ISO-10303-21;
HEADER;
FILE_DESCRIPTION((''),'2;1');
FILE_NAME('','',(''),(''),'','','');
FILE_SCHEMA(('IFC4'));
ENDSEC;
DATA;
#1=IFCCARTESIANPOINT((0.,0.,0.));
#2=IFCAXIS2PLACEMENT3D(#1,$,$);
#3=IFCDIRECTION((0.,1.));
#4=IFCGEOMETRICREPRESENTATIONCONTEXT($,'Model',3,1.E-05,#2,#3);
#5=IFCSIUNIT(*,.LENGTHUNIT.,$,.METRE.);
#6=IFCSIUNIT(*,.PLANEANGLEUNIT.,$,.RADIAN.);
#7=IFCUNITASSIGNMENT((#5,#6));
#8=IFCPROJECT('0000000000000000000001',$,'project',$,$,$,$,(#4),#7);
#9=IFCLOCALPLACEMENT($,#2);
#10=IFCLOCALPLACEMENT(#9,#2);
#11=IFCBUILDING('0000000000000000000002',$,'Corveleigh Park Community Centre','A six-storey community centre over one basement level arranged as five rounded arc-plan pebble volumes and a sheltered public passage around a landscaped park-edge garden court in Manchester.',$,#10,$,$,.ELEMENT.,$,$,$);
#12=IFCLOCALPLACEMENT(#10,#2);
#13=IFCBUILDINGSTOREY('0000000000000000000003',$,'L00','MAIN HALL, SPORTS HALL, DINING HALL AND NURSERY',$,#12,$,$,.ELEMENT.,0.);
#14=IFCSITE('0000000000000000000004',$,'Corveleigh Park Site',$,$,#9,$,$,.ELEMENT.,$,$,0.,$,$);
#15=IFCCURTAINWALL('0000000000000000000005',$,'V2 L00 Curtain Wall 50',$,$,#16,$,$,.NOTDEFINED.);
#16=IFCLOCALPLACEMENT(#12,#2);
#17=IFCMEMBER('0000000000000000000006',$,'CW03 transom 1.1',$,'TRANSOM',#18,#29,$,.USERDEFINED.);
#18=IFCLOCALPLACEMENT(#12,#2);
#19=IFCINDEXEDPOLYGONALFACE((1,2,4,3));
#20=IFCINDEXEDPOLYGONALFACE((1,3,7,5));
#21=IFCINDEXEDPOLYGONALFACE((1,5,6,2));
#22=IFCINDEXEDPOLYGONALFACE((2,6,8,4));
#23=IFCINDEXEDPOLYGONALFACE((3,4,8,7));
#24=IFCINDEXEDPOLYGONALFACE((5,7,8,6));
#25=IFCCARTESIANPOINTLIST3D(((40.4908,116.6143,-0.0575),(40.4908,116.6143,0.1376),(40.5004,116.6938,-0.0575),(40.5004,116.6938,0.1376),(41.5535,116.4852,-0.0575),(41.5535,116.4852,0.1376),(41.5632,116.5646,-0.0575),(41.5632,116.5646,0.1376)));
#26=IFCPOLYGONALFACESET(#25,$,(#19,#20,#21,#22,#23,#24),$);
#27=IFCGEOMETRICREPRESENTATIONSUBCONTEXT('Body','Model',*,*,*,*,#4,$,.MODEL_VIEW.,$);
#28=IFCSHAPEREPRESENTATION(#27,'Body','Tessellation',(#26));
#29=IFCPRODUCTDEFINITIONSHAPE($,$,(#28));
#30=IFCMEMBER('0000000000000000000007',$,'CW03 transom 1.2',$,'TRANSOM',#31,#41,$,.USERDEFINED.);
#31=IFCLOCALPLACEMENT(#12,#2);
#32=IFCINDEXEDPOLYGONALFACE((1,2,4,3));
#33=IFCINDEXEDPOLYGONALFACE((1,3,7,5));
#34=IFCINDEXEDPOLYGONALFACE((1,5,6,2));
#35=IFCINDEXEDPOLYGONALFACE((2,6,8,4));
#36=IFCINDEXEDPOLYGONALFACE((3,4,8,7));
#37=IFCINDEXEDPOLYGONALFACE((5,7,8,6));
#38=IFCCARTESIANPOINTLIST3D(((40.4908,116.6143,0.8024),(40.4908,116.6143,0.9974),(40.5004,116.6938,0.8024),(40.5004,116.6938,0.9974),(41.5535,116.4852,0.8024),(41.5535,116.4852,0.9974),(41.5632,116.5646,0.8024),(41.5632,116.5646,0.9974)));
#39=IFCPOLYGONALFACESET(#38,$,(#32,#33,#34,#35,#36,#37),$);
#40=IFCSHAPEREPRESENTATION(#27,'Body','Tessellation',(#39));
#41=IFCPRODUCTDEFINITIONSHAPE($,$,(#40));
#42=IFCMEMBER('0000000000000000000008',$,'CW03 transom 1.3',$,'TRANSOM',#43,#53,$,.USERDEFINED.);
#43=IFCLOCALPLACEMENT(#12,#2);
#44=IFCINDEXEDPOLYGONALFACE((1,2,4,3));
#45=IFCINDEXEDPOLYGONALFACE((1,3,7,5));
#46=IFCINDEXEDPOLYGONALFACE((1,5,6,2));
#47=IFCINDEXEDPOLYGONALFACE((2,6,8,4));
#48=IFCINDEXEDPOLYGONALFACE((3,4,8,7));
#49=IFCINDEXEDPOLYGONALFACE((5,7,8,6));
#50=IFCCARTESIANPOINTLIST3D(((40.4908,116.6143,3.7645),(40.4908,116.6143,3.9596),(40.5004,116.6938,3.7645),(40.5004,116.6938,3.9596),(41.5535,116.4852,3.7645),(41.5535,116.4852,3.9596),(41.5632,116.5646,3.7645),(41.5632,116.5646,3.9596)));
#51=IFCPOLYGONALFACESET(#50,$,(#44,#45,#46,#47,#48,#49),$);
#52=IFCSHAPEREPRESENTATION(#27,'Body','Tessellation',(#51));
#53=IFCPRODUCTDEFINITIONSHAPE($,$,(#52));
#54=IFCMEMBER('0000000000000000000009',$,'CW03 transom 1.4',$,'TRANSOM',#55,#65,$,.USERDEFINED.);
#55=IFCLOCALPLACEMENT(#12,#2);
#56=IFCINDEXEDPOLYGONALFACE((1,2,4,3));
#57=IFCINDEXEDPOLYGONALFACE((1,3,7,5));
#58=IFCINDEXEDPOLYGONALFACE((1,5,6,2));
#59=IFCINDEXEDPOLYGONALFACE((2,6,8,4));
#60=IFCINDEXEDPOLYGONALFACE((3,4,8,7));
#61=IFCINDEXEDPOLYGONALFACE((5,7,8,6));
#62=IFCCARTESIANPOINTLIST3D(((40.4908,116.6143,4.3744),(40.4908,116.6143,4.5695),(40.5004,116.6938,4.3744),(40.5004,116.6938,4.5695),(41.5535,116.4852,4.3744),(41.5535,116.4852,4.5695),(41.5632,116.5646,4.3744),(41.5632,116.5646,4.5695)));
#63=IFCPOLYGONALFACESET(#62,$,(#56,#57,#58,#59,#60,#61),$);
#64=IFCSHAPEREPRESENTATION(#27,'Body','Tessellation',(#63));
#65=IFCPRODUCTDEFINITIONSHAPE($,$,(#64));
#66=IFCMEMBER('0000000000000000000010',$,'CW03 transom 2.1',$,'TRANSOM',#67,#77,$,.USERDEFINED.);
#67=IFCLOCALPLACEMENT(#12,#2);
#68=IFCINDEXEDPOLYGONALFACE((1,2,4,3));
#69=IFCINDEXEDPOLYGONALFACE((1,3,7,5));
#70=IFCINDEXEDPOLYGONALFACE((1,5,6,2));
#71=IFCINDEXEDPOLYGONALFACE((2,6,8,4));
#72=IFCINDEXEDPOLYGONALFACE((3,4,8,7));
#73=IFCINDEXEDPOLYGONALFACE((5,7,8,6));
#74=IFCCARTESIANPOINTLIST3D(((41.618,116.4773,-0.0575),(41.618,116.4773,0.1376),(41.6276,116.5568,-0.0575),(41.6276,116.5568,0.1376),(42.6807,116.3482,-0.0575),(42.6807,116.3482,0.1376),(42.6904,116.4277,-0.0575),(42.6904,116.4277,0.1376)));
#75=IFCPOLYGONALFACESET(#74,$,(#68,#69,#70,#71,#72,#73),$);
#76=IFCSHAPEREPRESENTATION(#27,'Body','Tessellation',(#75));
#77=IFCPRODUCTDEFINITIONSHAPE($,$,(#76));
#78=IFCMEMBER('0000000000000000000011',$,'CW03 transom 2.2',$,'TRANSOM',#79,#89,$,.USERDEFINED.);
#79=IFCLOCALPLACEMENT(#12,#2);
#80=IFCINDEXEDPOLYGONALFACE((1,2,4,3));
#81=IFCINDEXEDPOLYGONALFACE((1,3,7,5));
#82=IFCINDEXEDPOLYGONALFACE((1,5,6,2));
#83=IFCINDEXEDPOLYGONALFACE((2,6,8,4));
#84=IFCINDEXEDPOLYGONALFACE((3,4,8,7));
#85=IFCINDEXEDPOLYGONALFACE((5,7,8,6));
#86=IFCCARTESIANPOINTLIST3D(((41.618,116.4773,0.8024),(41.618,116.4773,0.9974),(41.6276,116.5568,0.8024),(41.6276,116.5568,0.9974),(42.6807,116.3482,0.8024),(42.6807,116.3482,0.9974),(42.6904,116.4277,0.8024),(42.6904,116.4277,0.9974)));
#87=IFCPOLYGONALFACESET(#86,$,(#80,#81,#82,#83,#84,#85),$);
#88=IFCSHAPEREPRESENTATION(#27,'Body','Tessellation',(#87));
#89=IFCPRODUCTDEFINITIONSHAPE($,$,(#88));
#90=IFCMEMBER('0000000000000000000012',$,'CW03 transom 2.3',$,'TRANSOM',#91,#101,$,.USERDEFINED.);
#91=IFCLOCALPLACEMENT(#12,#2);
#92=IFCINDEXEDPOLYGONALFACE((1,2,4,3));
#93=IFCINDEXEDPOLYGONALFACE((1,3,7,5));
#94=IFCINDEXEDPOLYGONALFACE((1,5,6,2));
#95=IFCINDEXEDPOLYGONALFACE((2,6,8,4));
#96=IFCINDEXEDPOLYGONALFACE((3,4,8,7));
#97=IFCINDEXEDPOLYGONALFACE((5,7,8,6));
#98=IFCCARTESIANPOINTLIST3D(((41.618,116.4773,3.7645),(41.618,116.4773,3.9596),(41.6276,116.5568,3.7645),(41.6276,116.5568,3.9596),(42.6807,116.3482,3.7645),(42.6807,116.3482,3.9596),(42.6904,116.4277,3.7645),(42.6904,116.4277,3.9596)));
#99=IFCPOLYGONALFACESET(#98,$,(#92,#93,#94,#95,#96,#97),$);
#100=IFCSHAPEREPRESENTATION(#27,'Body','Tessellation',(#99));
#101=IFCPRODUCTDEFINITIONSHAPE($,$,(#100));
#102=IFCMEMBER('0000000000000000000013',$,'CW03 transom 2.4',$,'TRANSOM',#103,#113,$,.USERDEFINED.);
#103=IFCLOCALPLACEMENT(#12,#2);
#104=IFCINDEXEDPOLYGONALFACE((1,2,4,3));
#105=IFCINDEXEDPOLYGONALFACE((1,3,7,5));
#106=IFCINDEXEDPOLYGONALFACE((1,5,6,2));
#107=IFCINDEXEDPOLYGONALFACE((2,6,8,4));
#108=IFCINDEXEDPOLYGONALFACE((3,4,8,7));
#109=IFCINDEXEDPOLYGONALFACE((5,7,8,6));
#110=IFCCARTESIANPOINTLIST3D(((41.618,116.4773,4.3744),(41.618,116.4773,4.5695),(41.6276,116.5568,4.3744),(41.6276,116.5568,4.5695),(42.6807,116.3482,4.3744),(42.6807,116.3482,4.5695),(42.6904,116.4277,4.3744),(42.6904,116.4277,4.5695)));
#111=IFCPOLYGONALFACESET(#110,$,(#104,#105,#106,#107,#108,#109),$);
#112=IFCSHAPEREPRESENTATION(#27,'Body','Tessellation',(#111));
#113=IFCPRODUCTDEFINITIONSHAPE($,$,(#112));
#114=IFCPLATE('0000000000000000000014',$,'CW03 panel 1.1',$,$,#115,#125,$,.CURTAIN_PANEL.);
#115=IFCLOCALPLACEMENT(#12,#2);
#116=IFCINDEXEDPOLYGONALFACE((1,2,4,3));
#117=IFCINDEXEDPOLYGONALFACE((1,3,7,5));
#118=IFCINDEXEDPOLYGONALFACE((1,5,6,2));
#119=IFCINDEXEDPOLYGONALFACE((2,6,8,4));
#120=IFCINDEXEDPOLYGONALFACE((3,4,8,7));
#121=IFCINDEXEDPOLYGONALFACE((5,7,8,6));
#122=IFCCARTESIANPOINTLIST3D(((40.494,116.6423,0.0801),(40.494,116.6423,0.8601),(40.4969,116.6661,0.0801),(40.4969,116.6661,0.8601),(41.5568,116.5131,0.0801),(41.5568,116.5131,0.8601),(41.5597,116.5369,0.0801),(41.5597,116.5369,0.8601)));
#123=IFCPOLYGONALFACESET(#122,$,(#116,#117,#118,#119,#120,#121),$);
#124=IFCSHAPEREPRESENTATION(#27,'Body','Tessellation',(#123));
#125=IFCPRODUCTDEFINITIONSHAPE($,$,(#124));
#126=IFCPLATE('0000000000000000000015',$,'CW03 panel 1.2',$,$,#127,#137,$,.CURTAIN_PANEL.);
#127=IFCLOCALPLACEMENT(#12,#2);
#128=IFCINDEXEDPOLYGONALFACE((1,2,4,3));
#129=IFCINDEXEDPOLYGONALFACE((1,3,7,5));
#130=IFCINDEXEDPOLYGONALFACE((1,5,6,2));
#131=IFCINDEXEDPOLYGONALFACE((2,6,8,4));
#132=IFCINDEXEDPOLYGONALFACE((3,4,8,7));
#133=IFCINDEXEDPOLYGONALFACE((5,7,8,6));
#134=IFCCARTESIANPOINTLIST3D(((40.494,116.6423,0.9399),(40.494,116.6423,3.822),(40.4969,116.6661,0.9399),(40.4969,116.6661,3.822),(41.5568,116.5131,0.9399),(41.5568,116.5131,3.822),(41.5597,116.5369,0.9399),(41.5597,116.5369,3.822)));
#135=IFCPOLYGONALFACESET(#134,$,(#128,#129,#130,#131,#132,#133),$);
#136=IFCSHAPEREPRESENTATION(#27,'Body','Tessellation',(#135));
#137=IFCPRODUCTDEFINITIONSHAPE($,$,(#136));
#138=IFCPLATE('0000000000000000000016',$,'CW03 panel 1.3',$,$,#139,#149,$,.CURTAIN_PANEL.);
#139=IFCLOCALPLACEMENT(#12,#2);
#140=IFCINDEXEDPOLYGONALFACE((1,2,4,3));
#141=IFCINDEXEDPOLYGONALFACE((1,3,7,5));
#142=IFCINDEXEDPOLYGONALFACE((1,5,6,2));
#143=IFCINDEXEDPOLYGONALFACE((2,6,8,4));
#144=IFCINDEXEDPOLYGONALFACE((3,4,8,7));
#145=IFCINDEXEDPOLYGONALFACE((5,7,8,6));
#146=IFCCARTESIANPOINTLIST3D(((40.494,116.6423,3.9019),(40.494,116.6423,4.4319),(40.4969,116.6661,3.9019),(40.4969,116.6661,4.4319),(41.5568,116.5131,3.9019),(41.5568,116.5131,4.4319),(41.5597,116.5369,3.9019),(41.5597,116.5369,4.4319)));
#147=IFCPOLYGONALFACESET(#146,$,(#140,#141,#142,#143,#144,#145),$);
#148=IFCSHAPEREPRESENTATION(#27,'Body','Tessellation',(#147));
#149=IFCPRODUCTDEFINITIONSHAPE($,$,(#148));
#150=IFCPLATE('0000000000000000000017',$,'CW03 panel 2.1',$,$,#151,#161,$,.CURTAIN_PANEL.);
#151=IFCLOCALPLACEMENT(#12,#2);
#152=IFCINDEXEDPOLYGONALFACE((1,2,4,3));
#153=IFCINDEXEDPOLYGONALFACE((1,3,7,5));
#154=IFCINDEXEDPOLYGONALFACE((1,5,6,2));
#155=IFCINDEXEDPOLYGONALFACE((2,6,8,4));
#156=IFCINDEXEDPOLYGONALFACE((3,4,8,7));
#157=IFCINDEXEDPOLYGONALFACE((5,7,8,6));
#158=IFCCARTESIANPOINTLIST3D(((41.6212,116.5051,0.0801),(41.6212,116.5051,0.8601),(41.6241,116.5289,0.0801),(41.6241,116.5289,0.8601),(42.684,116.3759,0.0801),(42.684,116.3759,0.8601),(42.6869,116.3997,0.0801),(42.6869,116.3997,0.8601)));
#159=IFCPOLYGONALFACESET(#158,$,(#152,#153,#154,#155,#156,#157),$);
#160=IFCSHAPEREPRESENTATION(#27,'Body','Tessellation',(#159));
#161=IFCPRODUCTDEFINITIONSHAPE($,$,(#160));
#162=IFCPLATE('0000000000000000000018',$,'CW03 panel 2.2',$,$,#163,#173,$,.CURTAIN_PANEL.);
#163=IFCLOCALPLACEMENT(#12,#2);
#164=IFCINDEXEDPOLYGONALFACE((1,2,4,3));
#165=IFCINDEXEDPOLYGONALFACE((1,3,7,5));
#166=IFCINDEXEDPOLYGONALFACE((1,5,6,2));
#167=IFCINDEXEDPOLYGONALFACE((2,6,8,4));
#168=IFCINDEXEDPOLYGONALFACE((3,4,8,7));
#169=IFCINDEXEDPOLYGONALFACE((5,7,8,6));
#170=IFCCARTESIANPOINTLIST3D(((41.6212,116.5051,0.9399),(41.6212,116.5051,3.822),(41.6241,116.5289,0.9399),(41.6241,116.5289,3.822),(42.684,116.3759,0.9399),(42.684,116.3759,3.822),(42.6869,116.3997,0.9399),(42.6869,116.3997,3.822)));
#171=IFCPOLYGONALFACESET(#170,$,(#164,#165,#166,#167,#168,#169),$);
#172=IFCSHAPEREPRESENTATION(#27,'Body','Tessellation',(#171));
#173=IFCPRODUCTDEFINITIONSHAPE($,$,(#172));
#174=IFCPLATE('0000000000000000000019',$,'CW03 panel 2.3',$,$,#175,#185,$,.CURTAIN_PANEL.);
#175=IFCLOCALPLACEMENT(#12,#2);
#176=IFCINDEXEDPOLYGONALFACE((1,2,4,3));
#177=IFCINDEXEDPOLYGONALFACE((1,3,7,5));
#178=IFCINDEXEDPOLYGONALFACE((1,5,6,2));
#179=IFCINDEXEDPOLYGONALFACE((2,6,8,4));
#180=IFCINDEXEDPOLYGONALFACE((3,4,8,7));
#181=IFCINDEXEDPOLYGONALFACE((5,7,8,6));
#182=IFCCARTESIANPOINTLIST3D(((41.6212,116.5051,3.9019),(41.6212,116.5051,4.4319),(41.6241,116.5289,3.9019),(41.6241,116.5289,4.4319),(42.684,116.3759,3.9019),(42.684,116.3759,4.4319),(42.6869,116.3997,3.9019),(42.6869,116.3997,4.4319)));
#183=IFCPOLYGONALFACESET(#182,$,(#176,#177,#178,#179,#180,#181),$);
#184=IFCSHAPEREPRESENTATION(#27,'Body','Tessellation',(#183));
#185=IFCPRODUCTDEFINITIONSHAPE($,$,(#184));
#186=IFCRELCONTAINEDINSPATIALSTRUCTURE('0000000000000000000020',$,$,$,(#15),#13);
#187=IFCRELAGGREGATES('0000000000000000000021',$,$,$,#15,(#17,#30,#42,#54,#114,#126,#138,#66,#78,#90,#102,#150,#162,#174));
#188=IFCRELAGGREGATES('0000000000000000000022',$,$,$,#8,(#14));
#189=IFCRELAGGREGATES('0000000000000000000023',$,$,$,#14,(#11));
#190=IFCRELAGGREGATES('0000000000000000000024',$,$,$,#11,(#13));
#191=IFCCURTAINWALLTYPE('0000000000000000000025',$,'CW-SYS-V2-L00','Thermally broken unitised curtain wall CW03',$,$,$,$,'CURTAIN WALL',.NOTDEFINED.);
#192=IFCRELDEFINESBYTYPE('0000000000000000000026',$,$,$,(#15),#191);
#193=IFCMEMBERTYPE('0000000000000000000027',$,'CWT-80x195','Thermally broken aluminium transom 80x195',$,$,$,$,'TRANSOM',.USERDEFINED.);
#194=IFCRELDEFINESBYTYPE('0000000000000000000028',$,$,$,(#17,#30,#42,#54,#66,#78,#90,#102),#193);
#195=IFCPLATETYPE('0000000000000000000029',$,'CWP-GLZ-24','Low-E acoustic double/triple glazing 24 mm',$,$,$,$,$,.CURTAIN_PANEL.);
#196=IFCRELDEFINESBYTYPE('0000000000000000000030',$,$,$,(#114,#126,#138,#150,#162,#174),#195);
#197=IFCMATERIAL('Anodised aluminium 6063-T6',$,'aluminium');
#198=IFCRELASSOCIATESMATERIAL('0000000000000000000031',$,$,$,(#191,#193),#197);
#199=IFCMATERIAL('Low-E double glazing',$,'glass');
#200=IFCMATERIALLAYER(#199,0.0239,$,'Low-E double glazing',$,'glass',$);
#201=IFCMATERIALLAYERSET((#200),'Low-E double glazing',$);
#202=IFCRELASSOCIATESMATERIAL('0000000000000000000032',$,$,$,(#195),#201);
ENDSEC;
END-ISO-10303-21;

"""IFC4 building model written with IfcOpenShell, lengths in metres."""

from ifc_helpers import new_model, si_unit, direction, frame, origin, origin_2d, place, context, subcontext, project, spatial, rectangle, extrude, material, layer, layer_set, material_profile, profile_set, type_object, element, aggregate, save


model = new_model("IFC4")

# Units and contexts
model_context = context("Model", 3, precision=1e-05, world=origin(), true_north=direction((0.0, 1.0)))
body_context = subcontext(model_context, "Body", "Model", "MODEL_VIEW")
ifc_project = project(units=[si_unit("LENGTHUNIT", "METRE"), si_unit("PLANEANGLEUNIT", "RADIAN")], contexts=[model_context])

# Site, building, storey
site_placement = place(None, origin())
site = spatial("IfcSite", under=ifc_project, at=site_placement, Name="Corveleigh Park Site", CompositionType="ELEMENT", RefElevation=0.0)
building_placement = place(site_placement, origin())
building = spatial("IfcBuilding", under=site, at=building_placement, Name="Corveleigh Park Community Centre", Description="A six-storey community centre over one basement level arranged as five rounded arc-plan pebble volumes and a sheltered public passage around a landscaped park-edge garden court in Manchester.", CompositionType="ELEMENT")
storey_placement = place(building_placement, origin())
storey = spatial("IfcBuildingStorey", under=building, at=storey_placement, Name="L00", Description="MAIN HALL, SPORTS HALL, DINING HALL AND NURSERY", CompositionType="ELEMENT", Elevation=0.0)

# Shared definitions
ifc_material_1 = material(Name="Anodised aluminium 6063-T6", Category="aluminium")
curtain_wall_type = type_object("IfcCurtainWallType", Name="CW-SYS-V2-L00", Description="Thermally broken unitised curtain wall CW03", ElementType="CURTAIN WALL", PredefinedType="NOTDEFINED", material=ifc_material_1)

# Curtain wall
curtain_wall_1_placement = place(storey_placement, origin())
curtain_wall_1 = element("IfcCurtainWall", 1, at=curtain_wall_1_placement, inside=storey, type_object=curtain_wall_type, Name="V2 L00 Curtain Wall 50", PredefinedType="NOTDEFINED")

# Members
ifc_material_profile_1 = material_profile(ifc_material_1, rectangle(XDim=0.0801, YDim=0.1951, at=origin_2d()), Name="ALU-T80x195", Category="aluminium")
ifc_profile_set_1 = profile_set([ifc_material_profile_1], Name="Anodised aluminium 6063-T6")
member_type_1 = type_object("IfcMemberType", Name="CWT-80x195", Description="Thermally broken aluminium transom 80x195", ElementType="TRANSOM", PredefinedType="USERDEFINED", material=ifc_profile_set_1)
member_1_placement = place(storey_placement, frame((40.4956, 116.6541, 0.04), z_axis=(0.992697, -0.120638, 0.0), x_axis=(0.120638, 0.992697, 0.0)))
member_1 = element("IfcMember", 2, at=member_1_placement, type_object=member_type_1, Name="CW03 transom 1.1", ObjectType="TRANSOM", PredefinedType="USERDEFINED", context=body_context, shape_type="SweptSolid", body=[
    extrude(rectangle(XDim=0.0801, YDim=0.1951, at=origin_2d()), origin(), (0.0, 0.0, 1.0), 1.0706),
])
member_2_placement = place(storey_placement, frame((40.4956, 116.6541, 0.8999), z_axis=(0.992697, -0.120638, 0.0), x_axis=(0.120638, 0.992697, 0.0)))
member_2 = element("IfcMember", 3, at=member_2_placement, type_object=member_type_1, Name="CW03 transom 1.2", ObjectType="TRANSOM", PredefinedType="USERDEFINED", context=body_context, shape_type="SweptSolid", body=[
    extrude(rectangle(XDim=0.0801, YDim=0.1951, at=origin_2d()), origin(), (0.0, 0.0, 1.0), 1.0706),
])
member_3_placement = place(storey_placement, frame((40.4956, 116.6541, 3.8621), z_axis=(0.992697, -0.120638, 0.0), x_axis=(0.120638, 0.992697, 0.0)))
member_3 = element("IfcMember", 4, at=member_3_placement, type_object=member_type_1, Name="CW03 transom 1.3", ObjectType="TRANSOM", PredefinedType="USERDEFINED", context=body_context, shape_type="SweptSolid", body=[
    extrude(rectangle(XDim=0.0801, YDim=0.1951, at=origin_2d()), origin(), (0.0, 0.0, 1.0), 1.0706),
])
member_4_placement = place(storey_placement, frame((40.4956, 116.6541, 4.4719), z_axis=(0.992697, -0.120638, 0.0), x_axis=(0.120638, 0.992697, 0.0)))
member_4 = element("IfcMember", 5, at=member_4_placement, type_object=member_type_1, Name="CW03 transom 1.4", ObjectType="TRANSOM", PredefinedType="USERDEFINED", context=body_context, shape_type="SweptSolid", body=[
    extrude(rectangle(XDim=0.0801, YDim=0.1951, at=origin_2d()), origin(), (0.0, 0.0, 1.0), 1.0706),
])
member_5_placement = place(storey_placement, frame((41.6228, 116.5171, 0.04), z_axis=(0.992697, -0.120638, 0.0), x_axis=(0.120638, 0.992697, 0.0)))
member_5 = element("IfcMember", 6, at=member_5_placement, type_object=member_type_1, Name="CW03 transom 2.1", ObjectType="TRANSOM", PredefinedType="USERDEFINED", context=body_context, shape_type="SweptSolid", body=[
    extrude(rectangle(XDim=0.0801, YDim=0.1951, at=origin_2d()), origin(), (0.0, 0.0, 1.0), 1.0706),
])
member_6_placement = place(storey_placement, frame((41.6228, 116.5171, 0.8999), z_axis=(0.992697, -0.120638, 0.0), x_axis=(0.120638, 0.992697, 0.0)))
member_6 = element("IfcMember", 7, at=member_6_placement, type_object=member_type_1, Name="CW03 transom 2.2", ObjectType="TRANSOM", PredefinedType="USERDEFINED", context=body_context, shape_type="SweptSolid", body=[
    extrude(rectangle(XDim=0.0801, YDim=0.1951, at=origin_2d()), origin(), (0.0, 0.0, 1.0), 1.0706),
])
member_7_placement = place(storey_placement, frame((41.6228, 116.5171, 3.8621), z_axis=(0.992697, -0.120638, 0.0), x_axis=(0.120638, 0.992697, 0.0)))
member_7 = element("IfcMember", 8, at=member_7_placement, type_object=member_type_1, Name="CW03 transom 2.3", ObjectType="TRANSOM", PredefinedType="USERDEFINED", context=body_context, shape_type="SweptSolid", body=[
    extrude(rectangle(XDim=0.0801, YDim=0.1951, at=origin_2d()), origin(), (0.0, 0.0, 1.0), 1.0706),
])
member_8_placement = place(storey_placement, frame((41.6228, 116.5171, 4.4719), z_axis=(0.992697, -0.120638, 0.0), x_axis=(0.120638, 0.992697, 0.0)))
member_8 = element("IfcMember", 9, at=member_8_placement, type_object=member_type_1, Name="CW03 transom 2.4", ObjectType="TRANSOM", PredefinedType="USERDEFINED", context=body_context, shape_type="SweptSolid", body=[
    extrude(rectangle(XDim=0.0801, YDim=0.1951, at=origin_2d()), origin(), (0.0, 0.0, 1.0), 1.0706),
])

# Plates
ifc_material_2 = material(Name="Low-E double glazing", Category="glass")
ifc_layer_1 = layer(ifc_material_2, 0.0239, Name="Low-E double glazing", Category="glass")
ifc_layer_set_1 = layer_set([ifc_layer_1], Name="Low-E double glazing")
plate_type_1 = type_object("IfcPlateType", Name="CWP-GLZ-24", Description="Low-E acoustic double/triple glazing 24 mm", PredefinedType="CURTAIN_PANEL", material=ifc_layer_set_1)
plate_1_placement = place(storey_placement, frame((41.0269, 116.5896, 0.0801), z_axis=(0.0, 0.0, 1.0), x_axis=(0.992687, -0.120715, 0.0)))
plate_1 = element("IfcPlate", 10, at=plate_1_placement, type_object=plate_type_1, Name="CW03 panel 1.1", PredefinedType="CURTAIN_PANEL", context=body_context, shape_type="SweptSolid", body=[
    extrude(rectangle(XDim=1.0706, YDim=0.0239, at=origin_2d()), origin(), (0.0, 0.0, 1.0), 0.78),
])
plate_2_placement = place(storey_placement, frame((41.0269, 116.5896, 0.9399), z_axis=(0.0, 0.0, 1.0), x_axis=(0.992687, -0.120715, 0.0)))
plate_2 = element("IfcPlate", 11, at=plate_2_placement, type_object=plate_type_1, Name="CW03 panel 1.2", PredefinedType="CURTAIN_PANEL", context=body_context, shape_type="SweptSolid", body=[
    extrude(rectangle(XDim=1.0706, YDim=0.0239, at=origin_2d()), origin(), (0.0, 0.0, 1.0), 2.8821),
])
plate_3_placement = place(storey_placement, frame((41.0269, 116.5896, 3.9019), z_axis=(0.0, 0.0, 1.0), x_axis=(0.992687, -0.120715, 0.0)))
plate_3 = element("IfcPlate", 12, at=plate_3_placement, type_object=plate_type_1, Name="CW03 panel 1.3", PredefinedType="CURTAIN_PANEL", context=body_context, shape_type="SweptSolid", body=[
    extrude(rectangle(XDim=1.0706, YDim=0.0239, at=origin_2d()), origin(), (0.0, 0.0, 1.0), 0.53),
])
plate_4_placement = place(storey_placement, frame((42.1541, 116.4524, 0.0801), z_axis=(0.0, 0.0, 1.0), x_axis=(0.992687, -0.120715, 0.0)))
plate_4 = element("IfcPlate", 13, at=plate_4_placement, type_object=plate_type_1, Name="CW03 panel 2.1", PredefinedType="CURTAIN_PANEL", context=body_context, shape_type="SweptSolid", body=[
    extrude(rectangle(XDim=1.0706, YDim=0.0239, at=origin_2d()), origin(), (0.0, 0.0, 1.0), 0.78),
])
plate_5_placement = place(storey_placement, frame((42.1541, 116.4524, 0.9399), z_axis=(0.0, 0.0, 1.0), x_axis=(0.992687, -0.120715, 0.0)))
plate_5 = element("IfcPlate", 14, at=plate_5_placement, type_object=plate_type_1, Name="CW03 panel 2.2", PredefinedType="CURTAIN_PANEL", context=body_context, shape_type="SweptSolid", body=[
    extrude(rectangle(XDim=1.0706, YDim=0.0239, at=origin_2d()), origin(), (0.0, 0.0, 1.0), 2.8821),
])
plate_6_placement = place(storey_placement, frame((42.1541, 116.4524, 3.9019), z_axis=(0.0, 0.0, 1.0), x_axis=(0.992687, -0.120715, 0.0)))
plate_6 = element("IfcPlate", 15, at=plate_6_placement, type_object=plate_type_1, Name="CW03 panel 2.3", PredefinedType="CURTAIN_PANEL", context=body_context, shape_type="SweptSolid", body=[
    extrude(rectangle(XDim=1.0706, YDim=0.0239, at=origin_2d()), origin(), (0.0, 0.0, 1.0), 0.53),
])
aggregate(curtain_wall_1, [member_1, member_2, member_3, member_4, plate_1, plate_2, plate_3, member_5, member_6, member_7, member_8, plate_4, plate_5, plate_6])

save(model, "model.ifc")
